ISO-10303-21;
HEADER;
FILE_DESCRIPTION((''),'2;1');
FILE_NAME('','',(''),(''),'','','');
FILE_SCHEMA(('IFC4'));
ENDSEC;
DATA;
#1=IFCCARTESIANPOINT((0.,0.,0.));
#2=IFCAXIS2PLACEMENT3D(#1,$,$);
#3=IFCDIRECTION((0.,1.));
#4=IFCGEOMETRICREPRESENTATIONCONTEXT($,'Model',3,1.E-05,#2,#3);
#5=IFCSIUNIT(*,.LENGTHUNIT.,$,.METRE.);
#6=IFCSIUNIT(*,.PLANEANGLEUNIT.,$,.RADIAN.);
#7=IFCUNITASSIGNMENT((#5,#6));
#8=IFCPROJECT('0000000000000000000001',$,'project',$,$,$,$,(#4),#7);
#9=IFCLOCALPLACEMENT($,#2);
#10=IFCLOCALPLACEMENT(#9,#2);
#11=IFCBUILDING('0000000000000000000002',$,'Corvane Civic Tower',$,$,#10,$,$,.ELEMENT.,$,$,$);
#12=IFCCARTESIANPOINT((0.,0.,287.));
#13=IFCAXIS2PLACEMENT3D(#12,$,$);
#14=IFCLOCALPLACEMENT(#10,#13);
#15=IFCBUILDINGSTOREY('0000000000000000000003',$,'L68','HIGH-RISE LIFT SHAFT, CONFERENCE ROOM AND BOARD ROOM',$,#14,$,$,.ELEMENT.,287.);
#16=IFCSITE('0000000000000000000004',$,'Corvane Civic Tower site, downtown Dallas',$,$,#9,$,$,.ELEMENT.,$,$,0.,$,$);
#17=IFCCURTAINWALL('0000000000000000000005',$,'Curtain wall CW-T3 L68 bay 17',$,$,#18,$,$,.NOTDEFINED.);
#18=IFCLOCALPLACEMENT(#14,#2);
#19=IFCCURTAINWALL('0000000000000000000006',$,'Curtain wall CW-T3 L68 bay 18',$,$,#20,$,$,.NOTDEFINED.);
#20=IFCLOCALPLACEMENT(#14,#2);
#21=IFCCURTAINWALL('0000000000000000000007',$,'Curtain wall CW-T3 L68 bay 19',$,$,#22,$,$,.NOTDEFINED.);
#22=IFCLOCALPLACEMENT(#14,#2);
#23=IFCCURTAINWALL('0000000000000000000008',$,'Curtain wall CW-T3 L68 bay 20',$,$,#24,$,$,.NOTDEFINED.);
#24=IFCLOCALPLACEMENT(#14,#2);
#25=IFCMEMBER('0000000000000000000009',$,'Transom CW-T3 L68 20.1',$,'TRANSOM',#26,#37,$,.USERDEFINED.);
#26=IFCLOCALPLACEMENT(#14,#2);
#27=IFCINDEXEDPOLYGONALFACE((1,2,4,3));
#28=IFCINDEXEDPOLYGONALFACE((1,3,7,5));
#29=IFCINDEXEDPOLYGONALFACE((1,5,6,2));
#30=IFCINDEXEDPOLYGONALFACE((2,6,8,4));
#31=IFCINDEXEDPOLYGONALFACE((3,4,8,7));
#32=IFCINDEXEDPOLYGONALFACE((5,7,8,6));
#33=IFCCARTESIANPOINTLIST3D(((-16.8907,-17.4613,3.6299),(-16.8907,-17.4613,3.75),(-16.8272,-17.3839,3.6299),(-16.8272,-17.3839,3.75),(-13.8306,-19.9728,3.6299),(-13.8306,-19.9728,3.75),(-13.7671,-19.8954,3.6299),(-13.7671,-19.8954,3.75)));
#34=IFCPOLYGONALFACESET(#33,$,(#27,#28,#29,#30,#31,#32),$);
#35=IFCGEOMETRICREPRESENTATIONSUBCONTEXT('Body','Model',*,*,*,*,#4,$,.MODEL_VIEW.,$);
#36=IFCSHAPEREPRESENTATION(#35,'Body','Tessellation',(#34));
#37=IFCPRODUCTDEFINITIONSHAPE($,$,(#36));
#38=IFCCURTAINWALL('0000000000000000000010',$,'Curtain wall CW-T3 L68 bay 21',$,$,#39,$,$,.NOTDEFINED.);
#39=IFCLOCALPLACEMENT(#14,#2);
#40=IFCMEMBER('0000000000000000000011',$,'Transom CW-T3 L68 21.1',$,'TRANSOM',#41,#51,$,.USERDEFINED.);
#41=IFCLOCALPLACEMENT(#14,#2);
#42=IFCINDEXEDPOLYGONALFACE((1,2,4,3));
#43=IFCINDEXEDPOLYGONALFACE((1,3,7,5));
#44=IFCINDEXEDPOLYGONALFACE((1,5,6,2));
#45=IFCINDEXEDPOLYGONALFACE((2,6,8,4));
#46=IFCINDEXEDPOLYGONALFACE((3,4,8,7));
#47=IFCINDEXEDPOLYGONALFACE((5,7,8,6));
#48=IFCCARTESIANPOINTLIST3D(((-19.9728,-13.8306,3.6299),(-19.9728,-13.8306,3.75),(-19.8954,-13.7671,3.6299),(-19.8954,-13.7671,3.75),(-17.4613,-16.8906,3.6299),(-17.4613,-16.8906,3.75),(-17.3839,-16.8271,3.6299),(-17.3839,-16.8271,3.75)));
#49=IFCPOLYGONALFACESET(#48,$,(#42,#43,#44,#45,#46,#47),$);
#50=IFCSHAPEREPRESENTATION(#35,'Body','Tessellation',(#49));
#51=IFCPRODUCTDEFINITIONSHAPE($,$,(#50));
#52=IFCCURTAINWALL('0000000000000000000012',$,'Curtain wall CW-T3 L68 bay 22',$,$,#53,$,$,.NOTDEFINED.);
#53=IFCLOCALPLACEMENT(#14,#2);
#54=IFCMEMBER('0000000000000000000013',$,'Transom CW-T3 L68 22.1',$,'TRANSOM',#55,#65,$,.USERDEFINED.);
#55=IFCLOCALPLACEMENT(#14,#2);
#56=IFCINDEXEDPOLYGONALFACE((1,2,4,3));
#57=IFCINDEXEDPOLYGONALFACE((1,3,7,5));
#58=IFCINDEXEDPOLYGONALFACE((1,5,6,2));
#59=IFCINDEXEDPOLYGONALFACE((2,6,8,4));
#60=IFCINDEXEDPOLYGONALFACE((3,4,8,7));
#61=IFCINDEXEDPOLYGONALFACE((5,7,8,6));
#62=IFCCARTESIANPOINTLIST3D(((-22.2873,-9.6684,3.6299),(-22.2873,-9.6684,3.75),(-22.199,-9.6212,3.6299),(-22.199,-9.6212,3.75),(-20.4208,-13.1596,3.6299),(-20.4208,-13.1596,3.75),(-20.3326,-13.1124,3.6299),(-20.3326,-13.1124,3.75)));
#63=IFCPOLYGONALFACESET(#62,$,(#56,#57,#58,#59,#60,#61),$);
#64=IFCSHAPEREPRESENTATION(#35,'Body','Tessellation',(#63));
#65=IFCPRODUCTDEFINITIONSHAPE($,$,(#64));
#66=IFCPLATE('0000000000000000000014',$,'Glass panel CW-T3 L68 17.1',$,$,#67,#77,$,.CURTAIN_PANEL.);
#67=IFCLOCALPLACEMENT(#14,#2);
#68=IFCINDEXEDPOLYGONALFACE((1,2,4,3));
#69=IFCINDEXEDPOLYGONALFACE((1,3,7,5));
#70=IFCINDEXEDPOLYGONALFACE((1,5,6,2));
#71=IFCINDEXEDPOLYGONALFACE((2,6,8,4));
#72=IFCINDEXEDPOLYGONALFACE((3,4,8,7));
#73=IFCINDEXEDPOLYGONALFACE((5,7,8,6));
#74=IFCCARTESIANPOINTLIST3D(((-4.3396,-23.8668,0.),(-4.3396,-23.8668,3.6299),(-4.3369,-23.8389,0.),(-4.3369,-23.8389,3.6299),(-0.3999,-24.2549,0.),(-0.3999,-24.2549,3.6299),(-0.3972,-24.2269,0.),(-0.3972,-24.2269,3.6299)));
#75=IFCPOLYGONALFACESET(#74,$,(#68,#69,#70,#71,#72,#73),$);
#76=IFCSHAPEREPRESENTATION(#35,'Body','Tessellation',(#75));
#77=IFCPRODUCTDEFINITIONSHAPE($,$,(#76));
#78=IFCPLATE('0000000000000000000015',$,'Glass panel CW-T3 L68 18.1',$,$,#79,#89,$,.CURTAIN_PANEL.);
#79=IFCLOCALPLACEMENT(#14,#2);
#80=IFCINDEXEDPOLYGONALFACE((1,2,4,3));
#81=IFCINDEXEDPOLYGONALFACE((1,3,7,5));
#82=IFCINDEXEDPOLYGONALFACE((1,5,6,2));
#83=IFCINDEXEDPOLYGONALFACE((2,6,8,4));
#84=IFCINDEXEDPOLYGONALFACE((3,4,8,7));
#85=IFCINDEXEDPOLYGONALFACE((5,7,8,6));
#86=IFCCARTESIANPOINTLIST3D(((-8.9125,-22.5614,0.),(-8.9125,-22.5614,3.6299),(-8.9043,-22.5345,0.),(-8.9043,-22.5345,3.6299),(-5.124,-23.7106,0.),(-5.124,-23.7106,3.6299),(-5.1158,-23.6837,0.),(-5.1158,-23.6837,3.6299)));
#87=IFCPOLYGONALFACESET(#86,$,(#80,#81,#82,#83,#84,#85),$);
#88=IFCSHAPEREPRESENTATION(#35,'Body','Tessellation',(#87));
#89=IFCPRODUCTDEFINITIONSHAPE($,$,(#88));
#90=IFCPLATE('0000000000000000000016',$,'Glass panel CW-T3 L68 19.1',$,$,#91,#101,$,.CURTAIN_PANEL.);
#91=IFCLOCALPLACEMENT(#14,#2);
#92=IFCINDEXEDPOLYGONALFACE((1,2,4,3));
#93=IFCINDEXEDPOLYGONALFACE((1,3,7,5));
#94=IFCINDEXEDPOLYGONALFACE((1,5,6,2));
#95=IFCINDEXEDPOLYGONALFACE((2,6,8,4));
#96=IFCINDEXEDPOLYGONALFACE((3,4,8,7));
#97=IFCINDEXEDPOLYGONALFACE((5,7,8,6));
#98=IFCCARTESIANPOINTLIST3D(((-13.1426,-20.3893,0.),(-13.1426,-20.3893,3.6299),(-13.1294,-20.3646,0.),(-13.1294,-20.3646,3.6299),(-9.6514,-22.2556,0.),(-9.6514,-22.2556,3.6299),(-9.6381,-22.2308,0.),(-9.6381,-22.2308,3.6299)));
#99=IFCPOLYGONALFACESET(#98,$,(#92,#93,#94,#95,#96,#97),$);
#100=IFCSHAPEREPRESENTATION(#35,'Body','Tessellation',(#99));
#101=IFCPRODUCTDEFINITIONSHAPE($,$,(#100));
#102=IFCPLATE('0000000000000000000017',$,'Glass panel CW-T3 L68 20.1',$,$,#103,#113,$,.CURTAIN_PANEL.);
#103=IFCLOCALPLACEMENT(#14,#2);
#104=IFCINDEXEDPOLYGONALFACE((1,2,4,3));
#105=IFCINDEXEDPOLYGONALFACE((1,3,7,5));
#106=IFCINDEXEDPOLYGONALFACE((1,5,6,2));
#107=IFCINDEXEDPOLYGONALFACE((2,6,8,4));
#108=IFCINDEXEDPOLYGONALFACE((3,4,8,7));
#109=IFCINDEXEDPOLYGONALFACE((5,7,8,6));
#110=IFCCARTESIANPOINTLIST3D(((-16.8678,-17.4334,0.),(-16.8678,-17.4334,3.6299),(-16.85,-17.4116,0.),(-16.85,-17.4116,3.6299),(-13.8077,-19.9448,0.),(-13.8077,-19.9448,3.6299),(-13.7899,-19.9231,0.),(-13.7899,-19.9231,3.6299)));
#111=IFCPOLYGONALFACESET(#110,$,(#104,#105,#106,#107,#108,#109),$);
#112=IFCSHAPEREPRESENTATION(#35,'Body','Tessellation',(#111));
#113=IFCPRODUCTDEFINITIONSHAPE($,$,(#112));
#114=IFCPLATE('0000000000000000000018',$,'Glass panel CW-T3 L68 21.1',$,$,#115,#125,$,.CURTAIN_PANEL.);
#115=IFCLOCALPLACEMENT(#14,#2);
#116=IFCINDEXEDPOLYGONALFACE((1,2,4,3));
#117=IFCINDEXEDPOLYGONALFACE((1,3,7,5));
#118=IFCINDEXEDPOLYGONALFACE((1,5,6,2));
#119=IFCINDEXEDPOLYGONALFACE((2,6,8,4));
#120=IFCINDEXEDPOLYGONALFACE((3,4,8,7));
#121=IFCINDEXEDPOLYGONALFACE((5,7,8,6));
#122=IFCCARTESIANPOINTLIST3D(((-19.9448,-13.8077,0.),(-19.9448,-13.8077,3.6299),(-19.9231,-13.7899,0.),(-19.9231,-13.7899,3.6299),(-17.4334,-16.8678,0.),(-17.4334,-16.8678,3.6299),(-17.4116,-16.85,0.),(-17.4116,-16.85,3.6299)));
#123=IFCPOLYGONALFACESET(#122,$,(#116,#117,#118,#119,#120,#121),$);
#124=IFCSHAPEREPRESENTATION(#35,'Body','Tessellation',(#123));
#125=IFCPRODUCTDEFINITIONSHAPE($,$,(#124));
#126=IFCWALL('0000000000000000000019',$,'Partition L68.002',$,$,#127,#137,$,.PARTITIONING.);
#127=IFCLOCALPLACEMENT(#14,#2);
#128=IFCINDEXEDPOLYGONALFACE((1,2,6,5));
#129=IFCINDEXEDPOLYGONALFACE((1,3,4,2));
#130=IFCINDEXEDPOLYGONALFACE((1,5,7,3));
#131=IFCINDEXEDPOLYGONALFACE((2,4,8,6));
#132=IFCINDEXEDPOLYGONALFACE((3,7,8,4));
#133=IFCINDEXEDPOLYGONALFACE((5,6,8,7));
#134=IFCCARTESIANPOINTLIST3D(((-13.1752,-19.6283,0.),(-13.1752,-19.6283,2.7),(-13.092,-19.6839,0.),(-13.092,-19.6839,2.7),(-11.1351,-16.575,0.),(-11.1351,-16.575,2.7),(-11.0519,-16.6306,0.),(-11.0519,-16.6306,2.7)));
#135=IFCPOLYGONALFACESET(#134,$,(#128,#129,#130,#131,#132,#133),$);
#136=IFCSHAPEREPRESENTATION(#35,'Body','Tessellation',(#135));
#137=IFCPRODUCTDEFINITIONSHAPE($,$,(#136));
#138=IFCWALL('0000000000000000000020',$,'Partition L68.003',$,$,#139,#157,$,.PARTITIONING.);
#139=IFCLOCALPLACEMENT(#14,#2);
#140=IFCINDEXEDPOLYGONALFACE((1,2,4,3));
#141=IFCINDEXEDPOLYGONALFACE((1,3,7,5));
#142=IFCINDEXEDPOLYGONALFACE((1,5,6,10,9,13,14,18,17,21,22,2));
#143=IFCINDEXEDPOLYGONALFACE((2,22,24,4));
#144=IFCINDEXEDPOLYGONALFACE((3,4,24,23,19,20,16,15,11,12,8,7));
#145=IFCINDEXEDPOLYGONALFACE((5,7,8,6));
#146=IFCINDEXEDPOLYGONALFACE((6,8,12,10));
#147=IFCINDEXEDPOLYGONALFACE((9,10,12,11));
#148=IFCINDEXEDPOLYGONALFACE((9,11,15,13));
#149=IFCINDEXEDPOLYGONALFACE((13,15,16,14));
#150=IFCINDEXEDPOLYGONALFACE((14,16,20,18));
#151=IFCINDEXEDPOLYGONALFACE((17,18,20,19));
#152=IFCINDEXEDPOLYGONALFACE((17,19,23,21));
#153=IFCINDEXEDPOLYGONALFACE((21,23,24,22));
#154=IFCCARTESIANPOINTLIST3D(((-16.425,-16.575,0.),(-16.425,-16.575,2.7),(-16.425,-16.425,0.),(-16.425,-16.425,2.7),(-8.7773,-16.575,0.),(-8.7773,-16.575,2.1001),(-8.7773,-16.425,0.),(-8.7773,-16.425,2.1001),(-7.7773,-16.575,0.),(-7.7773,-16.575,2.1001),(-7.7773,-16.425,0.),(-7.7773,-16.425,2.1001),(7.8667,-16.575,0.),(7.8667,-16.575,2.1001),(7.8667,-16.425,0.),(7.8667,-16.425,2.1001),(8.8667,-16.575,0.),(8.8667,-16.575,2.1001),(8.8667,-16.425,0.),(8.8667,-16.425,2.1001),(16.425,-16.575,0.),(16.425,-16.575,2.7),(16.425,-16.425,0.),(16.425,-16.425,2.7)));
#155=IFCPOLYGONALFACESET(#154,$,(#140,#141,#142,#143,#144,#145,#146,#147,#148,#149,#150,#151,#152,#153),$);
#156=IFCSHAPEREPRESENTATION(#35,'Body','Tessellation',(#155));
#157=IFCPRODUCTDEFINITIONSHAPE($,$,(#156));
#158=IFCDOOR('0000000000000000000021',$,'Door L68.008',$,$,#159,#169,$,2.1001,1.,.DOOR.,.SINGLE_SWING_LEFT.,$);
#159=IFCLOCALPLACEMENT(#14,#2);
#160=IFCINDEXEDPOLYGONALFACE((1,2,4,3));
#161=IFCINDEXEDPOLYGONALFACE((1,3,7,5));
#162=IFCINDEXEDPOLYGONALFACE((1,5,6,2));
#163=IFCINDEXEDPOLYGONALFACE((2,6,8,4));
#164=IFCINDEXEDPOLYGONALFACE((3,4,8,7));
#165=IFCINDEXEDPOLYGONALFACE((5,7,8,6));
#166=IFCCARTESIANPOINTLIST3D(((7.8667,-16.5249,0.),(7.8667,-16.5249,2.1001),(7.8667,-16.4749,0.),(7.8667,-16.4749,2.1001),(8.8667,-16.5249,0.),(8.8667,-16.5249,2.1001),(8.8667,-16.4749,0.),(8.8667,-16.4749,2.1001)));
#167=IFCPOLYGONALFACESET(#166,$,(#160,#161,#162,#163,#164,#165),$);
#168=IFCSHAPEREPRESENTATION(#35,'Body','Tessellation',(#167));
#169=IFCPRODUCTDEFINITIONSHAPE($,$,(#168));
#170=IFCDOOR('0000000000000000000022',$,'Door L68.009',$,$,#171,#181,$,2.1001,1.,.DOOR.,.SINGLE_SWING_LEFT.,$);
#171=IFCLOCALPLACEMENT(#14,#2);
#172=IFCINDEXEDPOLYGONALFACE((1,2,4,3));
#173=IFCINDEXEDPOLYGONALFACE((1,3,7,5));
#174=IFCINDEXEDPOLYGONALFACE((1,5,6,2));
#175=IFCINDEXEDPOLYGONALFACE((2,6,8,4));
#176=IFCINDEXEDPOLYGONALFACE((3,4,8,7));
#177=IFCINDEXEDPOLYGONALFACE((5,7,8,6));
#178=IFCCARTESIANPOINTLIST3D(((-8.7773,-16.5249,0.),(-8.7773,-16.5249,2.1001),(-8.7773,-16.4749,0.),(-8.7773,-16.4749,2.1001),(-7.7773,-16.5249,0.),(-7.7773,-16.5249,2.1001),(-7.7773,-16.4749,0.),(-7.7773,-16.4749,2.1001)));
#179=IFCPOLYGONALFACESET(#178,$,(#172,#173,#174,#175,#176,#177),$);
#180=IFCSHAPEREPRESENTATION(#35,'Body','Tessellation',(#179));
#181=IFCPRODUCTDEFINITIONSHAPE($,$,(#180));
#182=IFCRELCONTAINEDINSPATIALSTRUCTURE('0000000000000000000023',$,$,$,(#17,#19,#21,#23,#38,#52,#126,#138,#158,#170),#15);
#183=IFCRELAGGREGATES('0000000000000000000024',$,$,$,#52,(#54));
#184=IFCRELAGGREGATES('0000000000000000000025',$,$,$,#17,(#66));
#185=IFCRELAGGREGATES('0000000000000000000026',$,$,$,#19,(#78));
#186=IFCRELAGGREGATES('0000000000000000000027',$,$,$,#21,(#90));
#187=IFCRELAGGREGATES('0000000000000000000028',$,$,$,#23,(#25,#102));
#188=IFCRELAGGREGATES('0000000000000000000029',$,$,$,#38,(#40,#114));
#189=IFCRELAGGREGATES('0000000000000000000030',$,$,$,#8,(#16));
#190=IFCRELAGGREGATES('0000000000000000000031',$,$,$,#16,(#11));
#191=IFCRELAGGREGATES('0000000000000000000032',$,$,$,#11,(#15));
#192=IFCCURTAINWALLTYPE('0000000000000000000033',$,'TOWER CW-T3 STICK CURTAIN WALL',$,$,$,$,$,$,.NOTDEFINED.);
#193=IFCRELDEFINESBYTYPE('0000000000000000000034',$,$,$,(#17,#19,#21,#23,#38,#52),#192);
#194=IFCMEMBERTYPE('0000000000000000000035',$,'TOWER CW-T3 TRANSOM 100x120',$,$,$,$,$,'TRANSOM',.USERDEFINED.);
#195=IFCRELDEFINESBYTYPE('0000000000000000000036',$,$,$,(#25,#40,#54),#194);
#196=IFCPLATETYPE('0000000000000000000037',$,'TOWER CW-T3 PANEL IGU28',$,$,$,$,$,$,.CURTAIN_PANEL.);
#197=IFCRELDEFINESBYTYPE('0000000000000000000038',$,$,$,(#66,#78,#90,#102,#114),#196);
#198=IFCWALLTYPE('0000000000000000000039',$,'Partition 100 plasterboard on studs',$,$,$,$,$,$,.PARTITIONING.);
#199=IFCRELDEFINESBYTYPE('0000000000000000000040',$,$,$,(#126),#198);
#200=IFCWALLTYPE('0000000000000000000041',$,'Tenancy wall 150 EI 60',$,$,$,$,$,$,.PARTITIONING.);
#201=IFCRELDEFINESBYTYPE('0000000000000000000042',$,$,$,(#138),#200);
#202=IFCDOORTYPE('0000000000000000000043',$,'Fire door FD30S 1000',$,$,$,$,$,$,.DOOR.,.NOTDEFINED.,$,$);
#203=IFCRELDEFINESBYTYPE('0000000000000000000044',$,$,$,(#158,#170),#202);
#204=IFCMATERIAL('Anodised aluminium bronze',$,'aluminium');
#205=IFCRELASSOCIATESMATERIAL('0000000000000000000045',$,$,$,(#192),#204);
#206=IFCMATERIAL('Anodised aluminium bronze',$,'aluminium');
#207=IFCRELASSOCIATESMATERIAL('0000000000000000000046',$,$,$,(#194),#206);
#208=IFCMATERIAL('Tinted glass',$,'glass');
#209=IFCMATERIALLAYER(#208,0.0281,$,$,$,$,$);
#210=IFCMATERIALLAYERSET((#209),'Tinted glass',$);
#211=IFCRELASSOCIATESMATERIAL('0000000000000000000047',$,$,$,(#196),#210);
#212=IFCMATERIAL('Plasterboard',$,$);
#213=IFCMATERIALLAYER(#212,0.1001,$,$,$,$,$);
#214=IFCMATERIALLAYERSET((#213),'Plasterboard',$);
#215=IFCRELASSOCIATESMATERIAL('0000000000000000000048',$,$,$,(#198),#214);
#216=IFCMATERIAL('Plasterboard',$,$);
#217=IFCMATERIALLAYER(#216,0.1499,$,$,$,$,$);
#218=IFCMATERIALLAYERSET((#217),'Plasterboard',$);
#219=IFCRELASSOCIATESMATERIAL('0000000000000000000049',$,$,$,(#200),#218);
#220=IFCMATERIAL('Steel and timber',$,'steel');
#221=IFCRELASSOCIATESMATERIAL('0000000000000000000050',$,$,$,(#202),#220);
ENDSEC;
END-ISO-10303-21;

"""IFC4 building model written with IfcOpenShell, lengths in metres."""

from ifc_helpers import new_model, si_unit, direction, frame, frame_2d, origin, origin_2d, place, context, subcontext, project, spatial, rectangle, extrude, material, layer, layer_set, material_profile, profile_set, type_object, element, fill, aggregate, save


model = new_model("IFC4")

# Units and contexts
model_context = context("Model", 3, precision=1e-05, world=origin(), true_north=direction((0.0, 1.0)))
body_context = subcontext(model_context, "Body", "Model", "MODEL_VIEW")
ifc_project = project(units=[si_unit("LENGTHUNIT", "METRE"), si_unit("PLANEANGLEUNIT", "RADIAN")], contexts=[model_context])

# Site, building, storey
site_placement = place(None, origin())
site = spatial("IfcSite", under=ifc_project, at=site_placement, Name="Corvane Civic Tower site, downtown Dallas", CompositionType="ELEMENT", RefElevation=0.0)
building_placement = place(site_placement, origin())
building = spatial("IfcBuilding", under=site, at=building_placement, Name="Corvane Civic Tower", CompositionType="ELEMENT")
storey_placement = place(building_placement, frame((0.0, 0.0, 287.0)))
storey = spatial("IfcBuildingStorey", under=building, at=storey_placement, Name="L68", Description="HIGH-RISE LIFT SHAFT, CONFERENCE ROOM AND BOARD ROOM", CompositionType="ELEMENT", Elevation=287.0)

# Curtain walls, members
ifc_material_1 = material(Name="Anodised aluminium bronze", Category="aluminium")
curtain_wall_type = type_object("IfcCurtainWallType", Name="TOWER CW-T3 STICK CURTAIN WALL", PredefinedType="NOTDEFINED", material=ifc_material_1)
curtain_wall_1_placement = place(storey_placement, origin())
curtain_wall_1 = element("IfcCurtainWall", 1, at=curtain_wall_1_placement, inside=storey, type_object=curtain_wall_type, Name="Curtain wall CW-T3 L68 bay 17", PredefinedType="NOTDEFINED")
ifc_material_2 = material(Name="Anodised aluminium bronze", Category="aluminium")
ifc_material_profile_1 = material_profile(ifc_material_2, rectangle(XDim=0.1001, YDim=0.1201, at=origin_2d()), Name="TOWER CW-T3 TRANSOM 100x120")
ifc_profile_set_1 = profile_set([ifc_material_profile_1], Name="Anodised aluminium bronze")
member_type = type_object("IfcMemberType", Name="TOWER CW-T3 TRANSOM 100x120", ElementType="TRANSOM", PredefinedType="USERDEFINED", material=ifc_profile_set_1)
curtain_wall_2_placement = place(storey_placement, origin())
curtain_wall_2 = element("IfcCurtainWall", 2, at=curtain_wall_2_placement, inside=storey, type_object=curtain_wall_type, Name="Curtain wall CW-T3 L68 bay 18", PredefinedType="NOTDEFINED")
curtain_wall_3_placement = place(storey_placement, origin())
curtain_wall_3 = element("IfcCurtainWall", 3, at=curtain_wall_3_placement, inside=storey, type_object=curtain_wall_type, Name="Curtain wall CW-T3 L68 bay 19", PredefinedType="NOTDEFINED")
curtain_wall_4_placement = place(storey_placement, origin())
curtain_wall_4 = element("IfcCurtainWall", 4, at=curtain_wall_4_placement, inside=storey, type_object=curtain_wall_type, Name="Curtain wall CW-T3 L68 bay 20", PredefinedType="NOTDEFINED")
member_1_placement = place(storey_placement, frame((-13.7988, -19.9341, 3.6899), z_axis=(-0.772992, 0.634416, 0.0), x_axis=(-0.634416, -0.772992, 0.0)))
member_1 = element("IfcMember", 5, at=member_1_placement, type_object=member_type, Name="Transom CW-T3 L68 20.1", ObjectType="TRANSOM", PredefinedType="USERDEFINED", context=body_context, shape_type="SweptSolid", body=[
    extrude(rectangle(XDim=0.1001, YDim=0.1201, at=origin_2d()), origin(), (0.0, 0.0, 1.0), 3.9587),
])
curtain_wall_5_placement = place(storey_placement, origin())
curtain_wall_5 = element("IfcCurtainWall", 6, at=curtain_wall_5_placement, inside=storey, type_object=curtain_wall_type, Name="Curtain wall CW-T3 L68 bay 21", PredefinedType="NOTDEFINED")
member_2_placement = place(storey_placement, frame((-17.4226, -16.8589, 3.6899), z_axis=(-0.634416, 0.772992, 0.0), x_axis=(-0.772992, -0.634416, 0.0)))
member_2 = element("IfcMember", 7, at=member_2_placement, type_object=member_type, Name="Transom CW-T3 L68 21.1", ObjectType="TRANSOM", PredefinedType="USERDEFINED", context=body_context, shape_type="SweptSolid", body=[
    extrude(rectangle(XDim=0.1001, YDim=0.1201, at=origin_2d()), origin(), (0.0, 0.0, 1.0), 3.9587),
])
curtain_wall_6_placement = place(storey_placement, origin())
curtain_wall_6 = element("IfcCurtainWall", 8, at=curtain_wall_6_placement, inside=storey, type_object=curtain_wall_type, Name="Curtain wall CW-T3 L68 bay 22", PredefinedType="NOTDEFINED")
member_3_placement = place(storey_placement, frame((-20.3767, -13.136, 3.6899), z_axis=(-0.471468, 0.881883, 0.0), x_axis=(-0.881883, -0.471468, 0.0)))
member_3 = element("IfcMember", 9, at=member_3_placement, type_object=member_type, Name="Transom CW-T3 L68 22.1", ObjectType="TRANSOM", PredefinedType="USERDEFINED", context=body_context, shape_type="SweptSolid", body=[
    extrude(rectangle(XDim=0.1001, YDim=0.1201, at=origin_2d()), origin(), (0.0, 0.0, 1.0), 3.9587),
])
aggregate(curtain_wall_6, [member_3])

# Plates
ifc_material_3 = material(Name="Tinted glass", Category="glass")
ifc_layer_1 = layer(ifc_material_3, 0.0281)
ifc_layer_set_1 = layer_set([ifc_layer_1], Name="Tinted glass")
plate_type = type_object("IfcPlateType", Name="TOWER CW-T3 PANEL IGU28", PredefinedType="CURTAIN_PANEL", material=ifc_layer_set_1)
plate_1_placement = place(storey_placement, frame((-2.3684, -24.0469, 0.0), z_axis=(0.0, 0.0, 1.0), x_axis=(-0.995184, 0.098021, 0.0)))
plate_1 = element("IfcPlate", 10, at=plate_1_placement, type_object=plate_type, Name="Glass panel CW-T3 L68 17.1", PredefinedType="CURTAIN_PANEL", context=body_context, shape_type="SweptSolid", body=[
    extrude(rectangle(XDim=3.9587, YDim=0.0281, at=origin_2d()), origin(), (0.0, 0.0, 1.0), 3.6299),
])
aggregate(curtain_wall_1, [plate_1])
plate_2_placement = place(storey_placement, frame((-7.0142, -23.1226, 0.0), z_axis=(0.0, 0.0, 1.0), x_axis=(-0.956944, 0.290274, 0.0)))
plate_2 = element("IfcPlate", 11, at=plate_2_placement, type_object=plate_type, Name="Glass panel CW-T3 L68 18.1", PredefinedType="CURTAIN_PANEL", context=body_context, shape_type="SweptSolid", body=[
    extrude(rectangle(XDim=3.959, YDim=0.0281, at=origin_2d()), origin(), (0.0, 0.0, 1.0), 3.6299),
])
aggregate(curtain_wall_2, [plate_2])
plate_3_placement = place(storey_placement, frame((-11.3904, -21.3101, 0.0), z_axis=(0.0, 0.0, 1.0), x_axis=(-0.881908, 0.471421, 0.0)))
plate_3 = element("IfcPlate", 12, at=plate_3_placement, type_object=plate_type, Name="Glass panel CW-T3 L68 19.1", PredefinedType="CURTAIN_PANEL", context=body_context, shape_type="SweptSolid", body=[
    extrude(rectangle(XDim=3.9587, YDim=0.0281, at=origin_2d()), origin(), (0.0, 0.0, 1.0), 3.6299),
])
aggregate(curtain_wall_3, [plate_3])
plate_4_placement = place(storey_placement, frame((-15.3289, -18.6782, 0.0), z_axis=(0.0, 0.0, 1.0), x_axis=(-0.773001, 0.634405, 0.0)))
plate_4 = element("IfcPlate", 13, at=plate_4_placement, type_object=plate_type, Name="Glass panel CW-T3 L68 20.1", PredefinedType="CURTAIN_PANEL", context=body_context, shape_type="SweptSolid", body=[
    extrude(rectangle(XDim=3.9587, YDim=0.0281, at=origin_2d()), origin(), (0.0, 0.0, 1.0), 3.6299),
])
aggregate(curtain_wall_4, [member_1, plate_4])
plate_5_placement = place(storey_placement, frame((-18.6782, -15.3289, 0.0), z_axis=(0.0, 0.0, 1.0), x_axis=(-0.634405, 0.773001, 0.0)))
plate_5 = element("IfcPlate", 14, at=plate_5_placement, type_object=plate_type, Name="Glass panel CW-T3 L68 21.1", PredefinedType="CURTAIN_PANEL", context=body_context, shape_type="SweptSolid", body=[
    extrude(rectangle(XDim=3.9587, YDim=0.0281, at=origin_2d()), origin(), (0.0, 0.0, 1.0), 3.6299),
])
aggregate(curtain_wall_5, [member_2, plate_5])

# Wall
ifc_material_4 = material(Name="Plasterboard")
ifc_layer_2 = layer(ifc_material_4, 0.1001)
ifc_layer_set_2 = layer_set([ifc_layer_2], Name="Plasterboard")
wall_type_1 = type_object("IfcWallType", Name="Partition 100 plasterboard on studs", PredefinedType="PARTITIONING", material=ifc_layer_set_2)
wall_1_placement = place(storey_placement, frame((-13.1335, -19.656, 0.0), z_axis=(0.0, 0.0, 1.0), x_axis=(0.555559, 0.831477, 0.0)))
element("IfcWall", 15, at=wall_1_placement, inside=storey, type_object=wall_type_1, Name="Partition L68.002", PredefinedType="PARTITIONING", context=body_context, shape_type="SweptSolid", body=[
    extrude(rectangle(XDim=3.6721, YDim=0.1001, at=frame_2d((1.8359, 0.0))), origin(), (0.0, 0.0, 1.0), 2.7),
])

# Wall, openings, doors
ifc_material_5 = material(Name="Plasterboard")
ifc_layer_3 = layer(ifc_material_5, 0.1499)
ifc_layer_set_3 = layer_set([ifc_layer_3], Name="Plasterboard")
wall_type_2 = type_object("IfcWallType", Name="Tenancy wall 150 EI 60", PredefinedType="PARTITIONING", material=ifc_layer_set_3)
wall_2_placement = place(storey_placement, frame((-16.425, -16.5, 0.0), z_axis=(0.0, 0.0, 1.0), x_axis=(1.0, 0.0, 0.0)))
wall_2 = element("IfcWall", 16, at=wall_2_placement, inside=storey, type_object=wall_type_2, Name="Partition L68.003", PredefinedType="PARTITIONING", context=body_context, shape_type="SweptSolid", body=[
    extrude(rectangle(XDim=32.8501, YDim=0.1499, at=frame_2d((16.425, 0.0))), origin(), (0.0, 0.0, 1.0), 2.7),
])
opening_1_placement = place(wall_2_placement, frame((24.2917, 0.0, 0.0)))
opening_1 = element("IfcOpeningElement", 17, at=opening_1_placement, cuts=wall_2, PredefinedType="OPENING", context=body_context, shape_type="SweptSolid", body=[
    extrude(rectangle(XDim=1.0, YDim=2.1001, at=frame_2d((0.5, 1.05))), frame((0.0, 0.085, 0.0), z_axis=(0.0, -1.0, 0.0), x_axis=(1.0, 0.0, 0.0)), (0.0, 0.0, 1.0), 0.1699),
])
opening_2_placement = place(wall_2_placement, frame((7.6477, 0.0, 0.0)))
opening_2 = element("IfcOpeningElement", 18, at=opening_2_placement, cuts=wall_2, PredefinedType="OPENING", context=body_context, shape_type="SweptSolid", body=[
    extrude(rectangle(XDim=1.0, YDim=2.1001, at=frame_2d((0.5, 1.05))), frame((0.0, 0.085, 0.0), z_axis=(0.0, -1.0, 0.0), x_axis=(1.0, 0.0, 0.0)), (0.0, 0.0, 1.0), 0.1699),
])
ifc_material_6 = material(Name="Steel and timber", Category="steel")
door_type = type_object("IfcDoorType", Name="Fire door FD30S 1000", OperationType="NOTDEFINED", PredefinedType="DOOR", material=ifc_material_6)
door_1_placement = place(opening_1_placement, frame((1.0, 0.0, 0.0), z_axis=(0.0, 0.0, 1.0), x_axis=(-1.0, 0.0, 0.0)))
door_1 = element("IfcDoor", 19, at=door_1_placement, inside=storey, type_object=door_type, Name="Door L68.008", OperationType="SINGLE_SWING_LEFT", OverallHeight=2.1001, OverallWidth=1.0, PredefinedType="DOOR", context=body_context, shape_type="SweptSolid", body=[
    extrude(rectangle(XDim=1.0, YDim=2.1001, at=frame_2d((0.5, 1.05))), frame((0.0, 0.0249, 0.0), z_axis=(0.0, -1.0, 0.0), x_axis=(1.0, 0.0, 0.0)), (0.0, 0.0, 1.0), 0.05),
])
fill(opening_1, door_1)
door_2_placement = place(opening_2_placement, frame((1.0, 0.0, 0.0), z_axis=(0.0, 0.0, 1.0), x_axis=(-1.0, 0.0, 0.0)))
door_2 = element("IfcDoor", 20, at=door_2_placement, inside=storey, type_object=door_type, Name="Door L68.009", OperationType="SINGLE_SWING_LEFT", OverallHeight=2.1001, OverallWidth=1.0, PredefinedType="DOOR", context=body_context, shape_type="SweptSolid", body=[
    extrude(rectangle(XDim=1.0, YDim=2.1001, at=frame_2d((0.5, 1.05))), frame((0.0, 0.0249, 0.0), z_axis=(0.0, -1.0, 0.0), x_axis=(1.0, 0.0, 0.0)), (0.0, 0.0, 1.0), 0.05),
])
fill(opening_2, door_2)

save(model, "model.ifc")
